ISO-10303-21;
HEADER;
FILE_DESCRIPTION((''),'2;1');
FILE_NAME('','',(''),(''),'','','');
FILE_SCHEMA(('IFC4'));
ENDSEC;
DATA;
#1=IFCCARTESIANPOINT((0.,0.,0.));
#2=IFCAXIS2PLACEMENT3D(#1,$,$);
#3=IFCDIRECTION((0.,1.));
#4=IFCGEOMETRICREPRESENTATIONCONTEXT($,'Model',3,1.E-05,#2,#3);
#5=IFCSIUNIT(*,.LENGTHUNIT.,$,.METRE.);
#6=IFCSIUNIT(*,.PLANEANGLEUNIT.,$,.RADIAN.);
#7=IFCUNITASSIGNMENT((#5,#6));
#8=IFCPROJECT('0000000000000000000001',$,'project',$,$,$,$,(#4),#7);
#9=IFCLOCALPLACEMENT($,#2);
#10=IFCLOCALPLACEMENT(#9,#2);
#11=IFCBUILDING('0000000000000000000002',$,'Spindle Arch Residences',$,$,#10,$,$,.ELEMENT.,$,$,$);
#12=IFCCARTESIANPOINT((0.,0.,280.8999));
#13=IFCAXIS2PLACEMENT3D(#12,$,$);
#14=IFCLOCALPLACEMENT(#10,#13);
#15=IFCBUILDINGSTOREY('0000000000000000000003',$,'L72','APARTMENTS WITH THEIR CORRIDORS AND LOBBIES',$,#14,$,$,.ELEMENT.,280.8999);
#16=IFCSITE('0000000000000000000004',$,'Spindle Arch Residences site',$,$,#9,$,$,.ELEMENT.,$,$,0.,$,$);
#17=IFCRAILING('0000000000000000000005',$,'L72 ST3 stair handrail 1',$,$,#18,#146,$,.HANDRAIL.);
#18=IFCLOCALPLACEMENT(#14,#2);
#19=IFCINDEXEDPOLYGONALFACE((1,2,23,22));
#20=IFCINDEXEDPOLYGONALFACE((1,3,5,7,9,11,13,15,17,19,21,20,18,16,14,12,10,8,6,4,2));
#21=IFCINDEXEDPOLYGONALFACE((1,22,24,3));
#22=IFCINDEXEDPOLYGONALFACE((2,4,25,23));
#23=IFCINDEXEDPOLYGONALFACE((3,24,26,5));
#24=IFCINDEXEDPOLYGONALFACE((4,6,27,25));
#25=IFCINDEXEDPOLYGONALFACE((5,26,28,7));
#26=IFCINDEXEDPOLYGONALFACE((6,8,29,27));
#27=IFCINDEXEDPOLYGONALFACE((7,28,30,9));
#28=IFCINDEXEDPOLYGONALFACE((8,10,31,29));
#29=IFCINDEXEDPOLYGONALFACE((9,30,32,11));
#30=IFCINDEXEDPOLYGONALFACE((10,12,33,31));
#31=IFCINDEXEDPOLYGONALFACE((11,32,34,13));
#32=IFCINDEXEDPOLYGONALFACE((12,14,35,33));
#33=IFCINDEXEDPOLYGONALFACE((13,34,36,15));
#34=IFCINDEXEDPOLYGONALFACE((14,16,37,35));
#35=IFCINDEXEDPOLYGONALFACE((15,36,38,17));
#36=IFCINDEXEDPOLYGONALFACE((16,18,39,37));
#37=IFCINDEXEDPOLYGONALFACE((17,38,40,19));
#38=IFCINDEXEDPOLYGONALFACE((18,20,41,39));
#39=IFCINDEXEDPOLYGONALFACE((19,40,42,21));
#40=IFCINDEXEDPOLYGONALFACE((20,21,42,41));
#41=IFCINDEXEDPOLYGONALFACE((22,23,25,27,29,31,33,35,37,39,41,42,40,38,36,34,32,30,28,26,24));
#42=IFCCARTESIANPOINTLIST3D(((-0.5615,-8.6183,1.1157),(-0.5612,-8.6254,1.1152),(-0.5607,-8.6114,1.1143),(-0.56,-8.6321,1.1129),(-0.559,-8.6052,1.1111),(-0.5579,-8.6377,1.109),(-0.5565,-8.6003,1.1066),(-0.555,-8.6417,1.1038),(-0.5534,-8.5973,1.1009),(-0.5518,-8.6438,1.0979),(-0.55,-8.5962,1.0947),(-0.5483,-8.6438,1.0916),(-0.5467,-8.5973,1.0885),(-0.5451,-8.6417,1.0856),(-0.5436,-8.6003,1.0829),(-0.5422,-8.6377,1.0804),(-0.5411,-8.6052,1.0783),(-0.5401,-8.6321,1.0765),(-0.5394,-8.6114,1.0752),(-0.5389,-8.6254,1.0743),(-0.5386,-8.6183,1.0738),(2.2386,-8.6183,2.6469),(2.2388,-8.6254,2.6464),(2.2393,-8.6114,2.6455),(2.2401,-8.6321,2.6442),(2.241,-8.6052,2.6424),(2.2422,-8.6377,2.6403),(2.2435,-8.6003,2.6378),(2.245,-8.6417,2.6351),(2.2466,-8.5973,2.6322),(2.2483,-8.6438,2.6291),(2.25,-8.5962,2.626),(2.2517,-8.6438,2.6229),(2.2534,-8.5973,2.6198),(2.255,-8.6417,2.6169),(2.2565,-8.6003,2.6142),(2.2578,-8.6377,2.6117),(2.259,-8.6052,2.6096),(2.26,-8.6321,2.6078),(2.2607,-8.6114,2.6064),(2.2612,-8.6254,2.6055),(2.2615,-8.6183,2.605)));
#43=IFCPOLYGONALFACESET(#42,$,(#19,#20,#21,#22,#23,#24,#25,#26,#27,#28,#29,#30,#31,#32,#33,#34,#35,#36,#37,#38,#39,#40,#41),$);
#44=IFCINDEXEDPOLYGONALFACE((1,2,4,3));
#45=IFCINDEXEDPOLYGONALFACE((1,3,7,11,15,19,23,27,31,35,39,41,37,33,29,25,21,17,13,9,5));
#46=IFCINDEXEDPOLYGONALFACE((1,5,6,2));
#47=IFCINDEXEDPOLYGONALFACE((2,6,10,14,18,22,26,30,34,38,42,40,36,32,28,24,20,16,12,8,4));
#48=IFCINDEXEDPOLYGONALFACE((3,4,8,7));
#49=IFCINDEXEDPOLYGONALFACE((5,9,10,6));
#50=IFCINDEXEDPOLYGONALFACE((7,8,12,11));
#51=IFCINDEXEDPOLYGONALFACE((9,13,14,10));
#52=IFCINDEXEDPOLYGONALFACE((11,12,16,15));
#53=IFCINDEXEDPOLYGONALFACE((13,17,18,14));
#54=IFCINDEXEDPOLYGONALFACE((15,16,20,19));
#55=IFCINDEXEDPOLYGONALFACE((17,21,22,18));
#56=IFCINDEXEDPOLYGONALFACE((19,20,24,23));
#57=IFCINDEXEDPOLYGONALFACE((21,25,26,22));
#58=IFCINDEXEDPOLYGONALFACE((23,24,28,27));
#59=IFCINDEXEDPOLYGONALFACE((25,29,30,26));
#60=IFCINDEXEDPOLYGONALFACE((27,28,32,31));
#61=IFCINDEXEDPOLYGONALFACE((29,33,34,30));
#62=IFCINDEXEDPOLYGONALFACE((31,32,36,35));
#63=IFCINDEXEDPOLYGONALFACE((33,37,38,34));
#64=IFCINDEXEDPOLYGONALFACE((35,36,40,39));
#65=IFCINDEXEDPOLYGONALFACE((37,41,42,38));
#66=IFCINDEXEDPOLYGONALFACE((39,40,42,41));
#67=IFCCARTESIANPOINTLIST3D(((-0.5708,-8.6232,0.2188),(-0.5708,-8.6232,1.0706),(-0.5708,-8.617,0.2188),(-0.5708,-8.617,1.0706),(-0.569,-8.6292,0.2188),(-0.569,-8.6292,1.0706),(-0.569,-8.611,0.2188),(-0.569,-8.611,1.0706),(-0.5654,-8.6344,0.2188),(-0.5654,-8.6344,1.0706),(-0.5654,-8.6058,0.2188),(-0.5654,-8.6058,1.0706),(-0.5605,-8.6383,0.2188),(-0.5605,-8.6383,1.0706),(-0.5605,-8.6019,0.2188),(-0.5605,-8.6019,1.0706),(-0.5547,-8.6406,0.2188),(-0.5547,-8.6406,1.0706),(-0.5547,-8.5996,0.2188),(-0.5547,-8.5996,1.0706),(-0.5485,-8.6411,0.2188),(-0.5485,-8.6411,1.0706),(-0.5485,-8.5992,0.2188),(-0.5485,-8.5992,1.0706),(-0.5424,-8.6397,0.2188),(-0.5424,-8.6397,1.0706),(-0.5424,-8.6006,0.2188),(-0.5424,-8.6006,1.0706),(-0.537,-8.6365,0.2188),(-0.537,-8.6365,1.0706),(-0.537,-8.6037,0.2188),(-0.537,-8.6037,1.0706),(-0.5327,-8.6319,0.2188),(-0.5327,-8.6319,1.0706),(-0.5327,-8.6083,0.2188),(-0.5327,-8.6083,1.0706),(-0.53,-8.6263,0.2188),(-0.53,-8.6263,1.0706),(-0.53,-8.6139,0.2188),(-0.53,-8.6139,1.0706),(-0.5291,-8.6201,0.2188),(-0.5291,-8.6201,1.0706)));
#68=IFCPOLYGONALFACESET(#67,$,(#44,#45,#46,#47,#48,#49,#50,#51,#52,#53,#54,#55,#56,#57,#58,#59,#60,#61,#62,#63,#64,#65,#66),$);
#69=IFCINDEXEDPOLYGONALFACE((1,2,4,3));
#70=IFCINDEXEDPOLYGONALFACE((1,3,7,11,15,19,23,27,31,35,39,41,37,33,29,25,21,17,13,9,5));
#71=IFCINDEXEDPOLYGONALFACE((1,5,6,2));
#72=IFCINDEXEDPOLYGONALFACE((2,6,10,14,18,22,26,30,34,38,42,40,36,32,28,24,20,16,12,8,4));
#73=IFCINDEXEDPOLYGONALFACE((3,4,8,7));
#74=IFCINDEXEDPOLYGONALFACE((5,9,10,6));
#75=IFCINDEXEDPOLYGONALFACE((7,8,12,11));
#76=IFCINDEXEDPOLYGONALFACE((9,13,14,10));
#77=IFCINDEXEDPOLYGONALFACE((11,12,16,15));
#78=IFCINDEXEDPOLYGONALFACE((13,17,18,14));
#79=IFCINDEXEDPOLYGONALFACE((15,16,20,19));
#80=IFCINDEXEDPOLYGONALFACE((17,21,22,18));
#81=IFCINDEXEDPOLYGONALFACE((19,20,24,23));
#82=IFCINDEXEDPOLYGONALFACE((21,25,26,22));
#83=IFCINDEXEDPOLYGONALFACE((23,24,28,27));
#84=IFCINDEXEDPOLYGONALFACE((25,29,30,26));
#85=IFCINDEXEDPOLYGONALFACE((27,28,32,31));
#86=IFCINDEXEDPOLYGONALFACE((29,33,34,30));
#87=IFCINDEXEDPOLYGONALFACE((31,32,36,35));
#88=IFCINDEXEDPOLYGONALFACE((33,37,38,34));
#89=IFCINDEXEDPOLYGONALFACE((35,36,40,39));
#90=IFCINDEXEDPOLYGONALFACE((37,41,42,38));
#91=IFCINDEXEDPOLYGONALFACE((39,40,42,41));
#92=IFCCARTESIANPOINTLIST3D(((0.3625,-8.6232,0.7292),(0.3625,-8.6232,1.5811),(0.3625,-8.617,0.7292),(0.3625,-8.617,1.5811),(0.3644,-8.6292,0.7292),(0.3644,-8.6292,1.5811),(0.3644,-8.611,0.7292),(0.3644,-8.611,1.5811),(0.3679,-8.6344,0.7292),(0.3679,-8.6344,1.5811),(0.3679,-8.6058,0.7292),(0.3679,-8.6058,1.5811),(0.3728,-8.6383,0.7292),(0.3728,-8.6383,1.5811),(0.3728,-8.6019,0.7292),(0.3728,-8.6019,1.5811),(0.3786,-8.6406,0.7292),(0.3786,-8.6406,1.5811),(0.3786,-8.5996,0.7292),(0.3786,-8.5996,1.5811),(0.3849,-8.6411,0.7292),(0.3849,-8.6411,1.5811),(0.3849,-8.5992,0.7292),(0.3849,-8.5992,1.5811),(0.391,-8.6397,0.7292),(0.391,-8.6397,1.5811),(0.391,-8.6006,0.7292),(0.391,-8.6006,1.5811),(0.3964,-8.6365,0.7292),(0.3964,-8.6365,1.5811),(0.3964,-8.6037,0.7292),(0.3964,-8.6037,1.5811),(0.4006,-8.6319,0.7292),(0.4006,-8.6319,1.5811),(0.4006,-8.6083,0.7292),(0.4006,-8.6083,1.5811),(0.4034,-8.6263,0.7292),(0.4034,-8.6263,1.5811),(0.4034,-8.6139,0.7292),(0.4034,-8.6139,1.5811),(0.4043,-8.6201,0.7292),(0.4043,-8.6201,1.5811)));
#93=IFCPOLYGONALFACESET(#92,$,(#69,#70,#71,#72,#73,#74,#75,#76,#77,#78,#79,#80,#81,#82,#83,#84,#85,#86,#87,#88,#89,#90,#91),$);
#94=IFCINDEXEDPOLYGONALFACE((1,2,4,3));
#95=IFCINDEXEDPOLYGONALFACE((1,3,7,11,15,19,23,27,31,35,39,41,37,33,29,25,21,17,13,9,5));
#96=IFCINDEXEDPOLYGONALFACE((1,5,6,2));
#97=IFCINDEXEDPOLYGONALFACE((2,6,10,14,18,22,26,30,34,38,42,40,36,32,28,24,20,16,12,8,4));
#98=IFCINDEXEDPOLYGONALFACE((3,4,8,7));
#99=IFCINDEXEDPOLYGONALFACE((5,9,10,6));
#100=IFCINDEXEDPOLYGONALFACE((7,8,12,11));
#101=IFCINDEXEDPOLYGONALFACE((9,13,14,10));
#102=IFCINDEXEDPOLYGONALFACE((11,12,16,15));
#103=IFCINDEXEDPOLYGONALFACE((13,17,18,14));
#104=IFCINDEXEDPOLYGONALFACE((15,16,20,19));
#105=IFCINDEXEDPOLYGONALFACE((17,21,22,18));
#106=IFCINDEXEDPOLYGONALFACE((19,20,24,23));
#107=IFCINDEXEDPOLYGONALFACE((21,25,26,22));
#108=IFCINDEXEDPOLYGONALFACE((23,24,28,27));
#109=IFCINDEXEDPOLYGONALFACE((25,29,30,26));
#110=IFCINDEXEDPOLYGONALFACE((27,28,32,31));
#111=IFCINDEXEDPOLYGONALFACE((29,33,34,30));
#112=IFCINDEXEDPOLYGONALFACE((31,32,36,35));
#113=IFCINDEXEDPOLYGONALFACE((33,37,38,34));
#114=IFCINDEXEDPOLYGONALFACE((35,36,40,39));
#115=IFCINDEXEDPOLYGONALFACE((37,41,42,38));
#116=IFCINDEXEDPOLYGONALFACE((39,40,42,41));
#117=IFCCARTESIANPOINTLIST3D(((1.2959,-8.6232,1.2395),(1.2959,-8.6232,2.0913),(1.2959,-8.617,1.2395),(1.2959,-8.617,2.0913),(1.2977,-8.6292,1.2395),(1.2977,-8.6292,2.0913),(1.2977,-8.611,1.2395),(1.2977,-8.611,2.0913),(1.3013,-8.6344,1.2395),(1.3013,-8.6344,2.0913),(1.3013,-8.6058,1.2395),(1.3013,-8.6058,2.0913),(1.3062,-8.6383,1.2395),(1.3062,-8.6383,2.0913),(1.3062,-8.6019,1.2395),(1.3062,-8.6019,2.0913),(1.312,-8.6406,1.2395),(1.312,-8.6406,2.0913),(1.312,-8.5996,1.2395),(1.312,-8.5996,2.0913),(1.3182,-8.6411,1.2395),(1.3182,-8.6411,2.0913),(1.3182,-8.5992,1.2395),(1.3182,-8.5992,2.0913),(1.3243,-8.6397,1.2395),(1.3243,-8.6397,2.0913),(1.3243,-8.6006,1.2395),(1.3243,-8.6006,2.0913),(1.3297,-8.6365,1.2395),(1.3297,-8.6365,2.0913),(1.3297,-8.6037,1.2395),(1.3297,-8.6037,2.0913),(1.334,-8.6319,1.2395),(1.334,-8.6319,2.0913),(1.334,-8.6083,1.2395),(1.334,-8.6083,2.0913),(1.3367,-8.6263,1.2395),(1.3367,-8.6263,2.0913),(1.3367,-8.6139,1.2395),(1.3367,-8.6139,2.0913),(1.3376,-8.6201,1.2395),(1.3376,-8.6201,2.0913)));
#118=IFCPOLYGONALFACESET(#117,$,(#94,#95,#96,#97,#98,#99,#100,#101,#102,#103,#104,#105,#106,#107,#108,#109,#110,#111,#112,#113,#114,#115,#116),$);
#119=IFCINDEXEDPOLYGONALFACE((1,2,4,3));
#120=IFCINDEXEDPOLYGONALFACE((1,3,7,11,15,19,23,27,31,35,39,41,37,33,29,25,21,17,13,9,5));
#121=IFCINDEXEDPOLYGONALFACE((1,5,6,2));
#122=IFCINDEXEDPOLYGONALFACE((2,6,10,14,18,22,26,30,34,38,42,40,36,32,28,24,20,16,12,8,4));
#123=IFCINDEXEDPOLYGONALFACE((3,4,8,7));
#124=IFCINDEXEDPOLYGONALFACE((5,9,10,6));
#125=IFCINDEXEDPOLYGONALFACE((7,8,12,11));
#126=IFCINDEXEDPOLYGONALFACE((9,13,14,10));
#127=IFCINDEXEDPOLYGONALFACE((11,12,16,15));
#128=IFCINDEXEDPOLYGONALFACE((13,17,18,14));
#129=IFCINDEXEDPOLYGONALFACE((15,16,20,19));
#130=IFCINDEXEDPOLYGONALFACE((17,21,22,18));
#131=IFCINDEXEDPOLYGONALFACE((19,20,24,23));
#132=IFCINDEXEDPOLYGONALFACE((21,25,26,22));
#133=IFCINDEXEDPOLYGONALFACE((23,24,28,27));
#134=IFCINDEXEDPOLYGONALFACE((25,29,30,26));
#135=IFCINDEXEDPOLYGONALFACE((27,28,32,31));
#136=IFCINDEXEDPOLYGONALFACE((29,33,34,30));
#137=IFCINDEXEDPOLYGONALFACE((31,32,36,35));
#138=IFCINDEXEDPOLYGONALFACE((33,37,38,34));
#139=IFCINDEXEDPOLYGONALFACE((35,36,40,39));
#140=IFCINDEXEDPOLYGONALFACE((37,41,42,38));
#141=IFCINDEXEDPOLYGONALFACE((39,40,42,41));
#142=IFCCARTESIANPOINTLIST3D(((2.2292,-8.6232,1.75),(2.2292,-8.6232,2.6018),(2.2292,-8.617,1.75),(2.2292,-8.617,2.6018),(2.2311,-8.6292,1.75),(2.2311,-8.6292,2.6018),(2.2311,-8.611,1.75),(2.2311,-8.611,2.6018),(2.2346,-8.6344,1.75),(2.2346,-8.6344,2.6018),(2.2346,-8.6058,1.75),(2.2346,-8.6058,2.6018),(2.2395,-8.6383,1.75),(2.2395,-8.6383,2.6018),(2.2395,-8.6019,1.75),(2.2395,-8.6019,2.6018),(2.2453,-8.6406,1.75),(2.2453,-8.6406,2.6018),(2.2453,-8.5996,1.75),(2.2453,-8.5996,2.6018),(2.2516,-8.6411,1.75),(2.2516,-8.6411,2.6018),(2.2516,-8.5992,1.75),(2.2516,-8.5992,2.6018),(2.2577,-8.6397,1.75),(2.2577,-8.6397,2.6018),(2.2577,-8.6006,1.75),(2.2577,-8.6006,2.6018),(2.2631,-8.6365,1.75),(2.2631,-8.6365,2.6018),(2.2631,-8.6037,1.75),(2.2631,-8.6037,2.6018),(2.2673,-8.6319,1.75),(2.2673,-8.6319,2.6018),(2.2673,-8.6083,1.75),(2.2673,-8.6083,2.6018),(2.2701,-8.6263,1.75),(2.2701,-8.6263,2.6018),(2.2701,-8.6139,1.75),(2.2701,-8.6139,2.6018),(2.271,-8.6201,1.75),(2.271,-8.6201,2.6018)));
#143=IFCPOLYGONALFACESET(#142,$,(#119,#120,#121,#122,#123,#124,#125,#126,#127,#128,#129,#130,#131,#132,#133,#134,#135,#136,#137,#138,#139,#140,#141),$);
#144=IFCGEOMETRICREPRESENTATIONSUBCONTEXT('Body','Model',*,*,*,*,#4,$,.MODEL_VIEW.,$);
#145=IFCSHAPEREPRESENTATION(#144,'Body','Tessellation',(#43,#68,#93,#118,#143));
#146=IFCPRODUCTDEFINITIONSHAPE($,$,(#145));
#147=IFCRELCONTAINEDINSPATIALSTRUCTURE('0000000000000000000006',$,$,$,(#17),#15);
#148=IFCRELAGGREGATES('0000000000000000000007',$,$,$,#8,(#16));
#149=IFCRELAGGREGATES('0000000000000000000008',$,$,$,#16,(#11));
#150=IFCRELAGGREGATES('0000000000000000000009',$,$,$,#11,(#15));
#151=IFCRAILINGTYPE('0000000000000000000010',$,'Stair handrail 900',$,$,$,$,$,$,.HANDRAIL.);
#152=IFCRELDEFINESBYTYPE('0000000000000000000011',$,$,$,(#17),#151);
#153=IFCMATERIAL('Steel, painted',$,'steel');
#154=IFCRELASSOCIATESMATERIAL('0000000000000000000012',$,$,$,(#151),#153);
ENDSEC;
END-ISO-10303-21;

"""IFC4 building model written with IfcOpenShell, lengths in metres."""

from ifc_helpers import new_model, si_unit, direction, frame, origin, origin_2d, place, context, subcontext, project, spatial, circle, extrude, material, type_object, element, save


model = new_model("IFC4")

# Units and contexts
model_context = context("Model", 3, precision=1e-05, world=origin(), true_north=direction((0.0, 1.0)))
body_context = subcontext(model_context, "Body", "Model", "MODEL_VIEW")
ifc_project = project(units=[si_unit("LENGTHUNIT", "METRE"), si_unit("PLANEANGLEUNIT", "RADIAN")], contexts=[model_context])

# Site, building, storey
site_placement = place(None, origin())
site = spatial("IfcSite", under=ifc_project, at=site_placement, Name="Spindle Arch Residences site", CompositionType="ELEMENT", RefElevation=0.0)
building_placement = place(site_placement, origin())
building = spatial("IfcBuilding", under=site, at=building_placement, Name="Spindle Arch Residences", CompositionType="ELEMENT")
storey_placement = place(building_placement, frame((0.0, 0.0, 280.8999)))
storey = spatial("IfcBuildingStorey", under=building, at=storey_placement, Name="L72", Description="APARTMENTS WITH THEIR CORRIDORS AND LOBBIES", CompositionType="ELEMENT", Elevation=280.8999)

# Railing
ifc_material_1 = material(Name="Steel, painted", Category="steel")
railing_type = type_object("IfcRailingType", Name="Stair handrail 900", PredefinedType="HANDRAIL", material=ifc_material_1)
railing_placement = place(storey_placement, frame((-0.55, -8.6201, 0.2188)))
element("IfcRailing", 1, at=railing_placement, inside=storey, type_object=railing_type, Name="L72 ST3 stair handrail 1", PredefinedType="HANDRAIL", context=body_context, shape_type="SweptSolid", body=[
    extrude(circle(Radius=0.0239, at=origin_2d()), frame((0.0, 0.0, 0.876), z_axis=(0.877375, 0.0, 0.479806), x_axis=(0.0, 1.0, 0.0)), (0.0, 0.0, 1.0), 3.1914),
    extrude(circle(Radius=0.021, at=origin_2d()), origin(), (0.0, 0.0, 1.0), 0.8518),
    extrude(circle(Radius=0.021, at=origin_2d()), frame((0.9333, 0.0, 0.5105)), (0.0, 0.0, 1.0), 0.8518),
    extrude(circle(Radius=0.021, at=origin_2d()), frame((1.8667, 0.0, 1.0208)), (0.0, 0.0, 1.0), 0.8518),
    extrude(circle(Radius=0.021, at=origin_2d()), frame((2.8, 0.0, 1.5312)), (0.0, 0.0, 1.0), 0.8518),
])

save(model, "model.ifc")
